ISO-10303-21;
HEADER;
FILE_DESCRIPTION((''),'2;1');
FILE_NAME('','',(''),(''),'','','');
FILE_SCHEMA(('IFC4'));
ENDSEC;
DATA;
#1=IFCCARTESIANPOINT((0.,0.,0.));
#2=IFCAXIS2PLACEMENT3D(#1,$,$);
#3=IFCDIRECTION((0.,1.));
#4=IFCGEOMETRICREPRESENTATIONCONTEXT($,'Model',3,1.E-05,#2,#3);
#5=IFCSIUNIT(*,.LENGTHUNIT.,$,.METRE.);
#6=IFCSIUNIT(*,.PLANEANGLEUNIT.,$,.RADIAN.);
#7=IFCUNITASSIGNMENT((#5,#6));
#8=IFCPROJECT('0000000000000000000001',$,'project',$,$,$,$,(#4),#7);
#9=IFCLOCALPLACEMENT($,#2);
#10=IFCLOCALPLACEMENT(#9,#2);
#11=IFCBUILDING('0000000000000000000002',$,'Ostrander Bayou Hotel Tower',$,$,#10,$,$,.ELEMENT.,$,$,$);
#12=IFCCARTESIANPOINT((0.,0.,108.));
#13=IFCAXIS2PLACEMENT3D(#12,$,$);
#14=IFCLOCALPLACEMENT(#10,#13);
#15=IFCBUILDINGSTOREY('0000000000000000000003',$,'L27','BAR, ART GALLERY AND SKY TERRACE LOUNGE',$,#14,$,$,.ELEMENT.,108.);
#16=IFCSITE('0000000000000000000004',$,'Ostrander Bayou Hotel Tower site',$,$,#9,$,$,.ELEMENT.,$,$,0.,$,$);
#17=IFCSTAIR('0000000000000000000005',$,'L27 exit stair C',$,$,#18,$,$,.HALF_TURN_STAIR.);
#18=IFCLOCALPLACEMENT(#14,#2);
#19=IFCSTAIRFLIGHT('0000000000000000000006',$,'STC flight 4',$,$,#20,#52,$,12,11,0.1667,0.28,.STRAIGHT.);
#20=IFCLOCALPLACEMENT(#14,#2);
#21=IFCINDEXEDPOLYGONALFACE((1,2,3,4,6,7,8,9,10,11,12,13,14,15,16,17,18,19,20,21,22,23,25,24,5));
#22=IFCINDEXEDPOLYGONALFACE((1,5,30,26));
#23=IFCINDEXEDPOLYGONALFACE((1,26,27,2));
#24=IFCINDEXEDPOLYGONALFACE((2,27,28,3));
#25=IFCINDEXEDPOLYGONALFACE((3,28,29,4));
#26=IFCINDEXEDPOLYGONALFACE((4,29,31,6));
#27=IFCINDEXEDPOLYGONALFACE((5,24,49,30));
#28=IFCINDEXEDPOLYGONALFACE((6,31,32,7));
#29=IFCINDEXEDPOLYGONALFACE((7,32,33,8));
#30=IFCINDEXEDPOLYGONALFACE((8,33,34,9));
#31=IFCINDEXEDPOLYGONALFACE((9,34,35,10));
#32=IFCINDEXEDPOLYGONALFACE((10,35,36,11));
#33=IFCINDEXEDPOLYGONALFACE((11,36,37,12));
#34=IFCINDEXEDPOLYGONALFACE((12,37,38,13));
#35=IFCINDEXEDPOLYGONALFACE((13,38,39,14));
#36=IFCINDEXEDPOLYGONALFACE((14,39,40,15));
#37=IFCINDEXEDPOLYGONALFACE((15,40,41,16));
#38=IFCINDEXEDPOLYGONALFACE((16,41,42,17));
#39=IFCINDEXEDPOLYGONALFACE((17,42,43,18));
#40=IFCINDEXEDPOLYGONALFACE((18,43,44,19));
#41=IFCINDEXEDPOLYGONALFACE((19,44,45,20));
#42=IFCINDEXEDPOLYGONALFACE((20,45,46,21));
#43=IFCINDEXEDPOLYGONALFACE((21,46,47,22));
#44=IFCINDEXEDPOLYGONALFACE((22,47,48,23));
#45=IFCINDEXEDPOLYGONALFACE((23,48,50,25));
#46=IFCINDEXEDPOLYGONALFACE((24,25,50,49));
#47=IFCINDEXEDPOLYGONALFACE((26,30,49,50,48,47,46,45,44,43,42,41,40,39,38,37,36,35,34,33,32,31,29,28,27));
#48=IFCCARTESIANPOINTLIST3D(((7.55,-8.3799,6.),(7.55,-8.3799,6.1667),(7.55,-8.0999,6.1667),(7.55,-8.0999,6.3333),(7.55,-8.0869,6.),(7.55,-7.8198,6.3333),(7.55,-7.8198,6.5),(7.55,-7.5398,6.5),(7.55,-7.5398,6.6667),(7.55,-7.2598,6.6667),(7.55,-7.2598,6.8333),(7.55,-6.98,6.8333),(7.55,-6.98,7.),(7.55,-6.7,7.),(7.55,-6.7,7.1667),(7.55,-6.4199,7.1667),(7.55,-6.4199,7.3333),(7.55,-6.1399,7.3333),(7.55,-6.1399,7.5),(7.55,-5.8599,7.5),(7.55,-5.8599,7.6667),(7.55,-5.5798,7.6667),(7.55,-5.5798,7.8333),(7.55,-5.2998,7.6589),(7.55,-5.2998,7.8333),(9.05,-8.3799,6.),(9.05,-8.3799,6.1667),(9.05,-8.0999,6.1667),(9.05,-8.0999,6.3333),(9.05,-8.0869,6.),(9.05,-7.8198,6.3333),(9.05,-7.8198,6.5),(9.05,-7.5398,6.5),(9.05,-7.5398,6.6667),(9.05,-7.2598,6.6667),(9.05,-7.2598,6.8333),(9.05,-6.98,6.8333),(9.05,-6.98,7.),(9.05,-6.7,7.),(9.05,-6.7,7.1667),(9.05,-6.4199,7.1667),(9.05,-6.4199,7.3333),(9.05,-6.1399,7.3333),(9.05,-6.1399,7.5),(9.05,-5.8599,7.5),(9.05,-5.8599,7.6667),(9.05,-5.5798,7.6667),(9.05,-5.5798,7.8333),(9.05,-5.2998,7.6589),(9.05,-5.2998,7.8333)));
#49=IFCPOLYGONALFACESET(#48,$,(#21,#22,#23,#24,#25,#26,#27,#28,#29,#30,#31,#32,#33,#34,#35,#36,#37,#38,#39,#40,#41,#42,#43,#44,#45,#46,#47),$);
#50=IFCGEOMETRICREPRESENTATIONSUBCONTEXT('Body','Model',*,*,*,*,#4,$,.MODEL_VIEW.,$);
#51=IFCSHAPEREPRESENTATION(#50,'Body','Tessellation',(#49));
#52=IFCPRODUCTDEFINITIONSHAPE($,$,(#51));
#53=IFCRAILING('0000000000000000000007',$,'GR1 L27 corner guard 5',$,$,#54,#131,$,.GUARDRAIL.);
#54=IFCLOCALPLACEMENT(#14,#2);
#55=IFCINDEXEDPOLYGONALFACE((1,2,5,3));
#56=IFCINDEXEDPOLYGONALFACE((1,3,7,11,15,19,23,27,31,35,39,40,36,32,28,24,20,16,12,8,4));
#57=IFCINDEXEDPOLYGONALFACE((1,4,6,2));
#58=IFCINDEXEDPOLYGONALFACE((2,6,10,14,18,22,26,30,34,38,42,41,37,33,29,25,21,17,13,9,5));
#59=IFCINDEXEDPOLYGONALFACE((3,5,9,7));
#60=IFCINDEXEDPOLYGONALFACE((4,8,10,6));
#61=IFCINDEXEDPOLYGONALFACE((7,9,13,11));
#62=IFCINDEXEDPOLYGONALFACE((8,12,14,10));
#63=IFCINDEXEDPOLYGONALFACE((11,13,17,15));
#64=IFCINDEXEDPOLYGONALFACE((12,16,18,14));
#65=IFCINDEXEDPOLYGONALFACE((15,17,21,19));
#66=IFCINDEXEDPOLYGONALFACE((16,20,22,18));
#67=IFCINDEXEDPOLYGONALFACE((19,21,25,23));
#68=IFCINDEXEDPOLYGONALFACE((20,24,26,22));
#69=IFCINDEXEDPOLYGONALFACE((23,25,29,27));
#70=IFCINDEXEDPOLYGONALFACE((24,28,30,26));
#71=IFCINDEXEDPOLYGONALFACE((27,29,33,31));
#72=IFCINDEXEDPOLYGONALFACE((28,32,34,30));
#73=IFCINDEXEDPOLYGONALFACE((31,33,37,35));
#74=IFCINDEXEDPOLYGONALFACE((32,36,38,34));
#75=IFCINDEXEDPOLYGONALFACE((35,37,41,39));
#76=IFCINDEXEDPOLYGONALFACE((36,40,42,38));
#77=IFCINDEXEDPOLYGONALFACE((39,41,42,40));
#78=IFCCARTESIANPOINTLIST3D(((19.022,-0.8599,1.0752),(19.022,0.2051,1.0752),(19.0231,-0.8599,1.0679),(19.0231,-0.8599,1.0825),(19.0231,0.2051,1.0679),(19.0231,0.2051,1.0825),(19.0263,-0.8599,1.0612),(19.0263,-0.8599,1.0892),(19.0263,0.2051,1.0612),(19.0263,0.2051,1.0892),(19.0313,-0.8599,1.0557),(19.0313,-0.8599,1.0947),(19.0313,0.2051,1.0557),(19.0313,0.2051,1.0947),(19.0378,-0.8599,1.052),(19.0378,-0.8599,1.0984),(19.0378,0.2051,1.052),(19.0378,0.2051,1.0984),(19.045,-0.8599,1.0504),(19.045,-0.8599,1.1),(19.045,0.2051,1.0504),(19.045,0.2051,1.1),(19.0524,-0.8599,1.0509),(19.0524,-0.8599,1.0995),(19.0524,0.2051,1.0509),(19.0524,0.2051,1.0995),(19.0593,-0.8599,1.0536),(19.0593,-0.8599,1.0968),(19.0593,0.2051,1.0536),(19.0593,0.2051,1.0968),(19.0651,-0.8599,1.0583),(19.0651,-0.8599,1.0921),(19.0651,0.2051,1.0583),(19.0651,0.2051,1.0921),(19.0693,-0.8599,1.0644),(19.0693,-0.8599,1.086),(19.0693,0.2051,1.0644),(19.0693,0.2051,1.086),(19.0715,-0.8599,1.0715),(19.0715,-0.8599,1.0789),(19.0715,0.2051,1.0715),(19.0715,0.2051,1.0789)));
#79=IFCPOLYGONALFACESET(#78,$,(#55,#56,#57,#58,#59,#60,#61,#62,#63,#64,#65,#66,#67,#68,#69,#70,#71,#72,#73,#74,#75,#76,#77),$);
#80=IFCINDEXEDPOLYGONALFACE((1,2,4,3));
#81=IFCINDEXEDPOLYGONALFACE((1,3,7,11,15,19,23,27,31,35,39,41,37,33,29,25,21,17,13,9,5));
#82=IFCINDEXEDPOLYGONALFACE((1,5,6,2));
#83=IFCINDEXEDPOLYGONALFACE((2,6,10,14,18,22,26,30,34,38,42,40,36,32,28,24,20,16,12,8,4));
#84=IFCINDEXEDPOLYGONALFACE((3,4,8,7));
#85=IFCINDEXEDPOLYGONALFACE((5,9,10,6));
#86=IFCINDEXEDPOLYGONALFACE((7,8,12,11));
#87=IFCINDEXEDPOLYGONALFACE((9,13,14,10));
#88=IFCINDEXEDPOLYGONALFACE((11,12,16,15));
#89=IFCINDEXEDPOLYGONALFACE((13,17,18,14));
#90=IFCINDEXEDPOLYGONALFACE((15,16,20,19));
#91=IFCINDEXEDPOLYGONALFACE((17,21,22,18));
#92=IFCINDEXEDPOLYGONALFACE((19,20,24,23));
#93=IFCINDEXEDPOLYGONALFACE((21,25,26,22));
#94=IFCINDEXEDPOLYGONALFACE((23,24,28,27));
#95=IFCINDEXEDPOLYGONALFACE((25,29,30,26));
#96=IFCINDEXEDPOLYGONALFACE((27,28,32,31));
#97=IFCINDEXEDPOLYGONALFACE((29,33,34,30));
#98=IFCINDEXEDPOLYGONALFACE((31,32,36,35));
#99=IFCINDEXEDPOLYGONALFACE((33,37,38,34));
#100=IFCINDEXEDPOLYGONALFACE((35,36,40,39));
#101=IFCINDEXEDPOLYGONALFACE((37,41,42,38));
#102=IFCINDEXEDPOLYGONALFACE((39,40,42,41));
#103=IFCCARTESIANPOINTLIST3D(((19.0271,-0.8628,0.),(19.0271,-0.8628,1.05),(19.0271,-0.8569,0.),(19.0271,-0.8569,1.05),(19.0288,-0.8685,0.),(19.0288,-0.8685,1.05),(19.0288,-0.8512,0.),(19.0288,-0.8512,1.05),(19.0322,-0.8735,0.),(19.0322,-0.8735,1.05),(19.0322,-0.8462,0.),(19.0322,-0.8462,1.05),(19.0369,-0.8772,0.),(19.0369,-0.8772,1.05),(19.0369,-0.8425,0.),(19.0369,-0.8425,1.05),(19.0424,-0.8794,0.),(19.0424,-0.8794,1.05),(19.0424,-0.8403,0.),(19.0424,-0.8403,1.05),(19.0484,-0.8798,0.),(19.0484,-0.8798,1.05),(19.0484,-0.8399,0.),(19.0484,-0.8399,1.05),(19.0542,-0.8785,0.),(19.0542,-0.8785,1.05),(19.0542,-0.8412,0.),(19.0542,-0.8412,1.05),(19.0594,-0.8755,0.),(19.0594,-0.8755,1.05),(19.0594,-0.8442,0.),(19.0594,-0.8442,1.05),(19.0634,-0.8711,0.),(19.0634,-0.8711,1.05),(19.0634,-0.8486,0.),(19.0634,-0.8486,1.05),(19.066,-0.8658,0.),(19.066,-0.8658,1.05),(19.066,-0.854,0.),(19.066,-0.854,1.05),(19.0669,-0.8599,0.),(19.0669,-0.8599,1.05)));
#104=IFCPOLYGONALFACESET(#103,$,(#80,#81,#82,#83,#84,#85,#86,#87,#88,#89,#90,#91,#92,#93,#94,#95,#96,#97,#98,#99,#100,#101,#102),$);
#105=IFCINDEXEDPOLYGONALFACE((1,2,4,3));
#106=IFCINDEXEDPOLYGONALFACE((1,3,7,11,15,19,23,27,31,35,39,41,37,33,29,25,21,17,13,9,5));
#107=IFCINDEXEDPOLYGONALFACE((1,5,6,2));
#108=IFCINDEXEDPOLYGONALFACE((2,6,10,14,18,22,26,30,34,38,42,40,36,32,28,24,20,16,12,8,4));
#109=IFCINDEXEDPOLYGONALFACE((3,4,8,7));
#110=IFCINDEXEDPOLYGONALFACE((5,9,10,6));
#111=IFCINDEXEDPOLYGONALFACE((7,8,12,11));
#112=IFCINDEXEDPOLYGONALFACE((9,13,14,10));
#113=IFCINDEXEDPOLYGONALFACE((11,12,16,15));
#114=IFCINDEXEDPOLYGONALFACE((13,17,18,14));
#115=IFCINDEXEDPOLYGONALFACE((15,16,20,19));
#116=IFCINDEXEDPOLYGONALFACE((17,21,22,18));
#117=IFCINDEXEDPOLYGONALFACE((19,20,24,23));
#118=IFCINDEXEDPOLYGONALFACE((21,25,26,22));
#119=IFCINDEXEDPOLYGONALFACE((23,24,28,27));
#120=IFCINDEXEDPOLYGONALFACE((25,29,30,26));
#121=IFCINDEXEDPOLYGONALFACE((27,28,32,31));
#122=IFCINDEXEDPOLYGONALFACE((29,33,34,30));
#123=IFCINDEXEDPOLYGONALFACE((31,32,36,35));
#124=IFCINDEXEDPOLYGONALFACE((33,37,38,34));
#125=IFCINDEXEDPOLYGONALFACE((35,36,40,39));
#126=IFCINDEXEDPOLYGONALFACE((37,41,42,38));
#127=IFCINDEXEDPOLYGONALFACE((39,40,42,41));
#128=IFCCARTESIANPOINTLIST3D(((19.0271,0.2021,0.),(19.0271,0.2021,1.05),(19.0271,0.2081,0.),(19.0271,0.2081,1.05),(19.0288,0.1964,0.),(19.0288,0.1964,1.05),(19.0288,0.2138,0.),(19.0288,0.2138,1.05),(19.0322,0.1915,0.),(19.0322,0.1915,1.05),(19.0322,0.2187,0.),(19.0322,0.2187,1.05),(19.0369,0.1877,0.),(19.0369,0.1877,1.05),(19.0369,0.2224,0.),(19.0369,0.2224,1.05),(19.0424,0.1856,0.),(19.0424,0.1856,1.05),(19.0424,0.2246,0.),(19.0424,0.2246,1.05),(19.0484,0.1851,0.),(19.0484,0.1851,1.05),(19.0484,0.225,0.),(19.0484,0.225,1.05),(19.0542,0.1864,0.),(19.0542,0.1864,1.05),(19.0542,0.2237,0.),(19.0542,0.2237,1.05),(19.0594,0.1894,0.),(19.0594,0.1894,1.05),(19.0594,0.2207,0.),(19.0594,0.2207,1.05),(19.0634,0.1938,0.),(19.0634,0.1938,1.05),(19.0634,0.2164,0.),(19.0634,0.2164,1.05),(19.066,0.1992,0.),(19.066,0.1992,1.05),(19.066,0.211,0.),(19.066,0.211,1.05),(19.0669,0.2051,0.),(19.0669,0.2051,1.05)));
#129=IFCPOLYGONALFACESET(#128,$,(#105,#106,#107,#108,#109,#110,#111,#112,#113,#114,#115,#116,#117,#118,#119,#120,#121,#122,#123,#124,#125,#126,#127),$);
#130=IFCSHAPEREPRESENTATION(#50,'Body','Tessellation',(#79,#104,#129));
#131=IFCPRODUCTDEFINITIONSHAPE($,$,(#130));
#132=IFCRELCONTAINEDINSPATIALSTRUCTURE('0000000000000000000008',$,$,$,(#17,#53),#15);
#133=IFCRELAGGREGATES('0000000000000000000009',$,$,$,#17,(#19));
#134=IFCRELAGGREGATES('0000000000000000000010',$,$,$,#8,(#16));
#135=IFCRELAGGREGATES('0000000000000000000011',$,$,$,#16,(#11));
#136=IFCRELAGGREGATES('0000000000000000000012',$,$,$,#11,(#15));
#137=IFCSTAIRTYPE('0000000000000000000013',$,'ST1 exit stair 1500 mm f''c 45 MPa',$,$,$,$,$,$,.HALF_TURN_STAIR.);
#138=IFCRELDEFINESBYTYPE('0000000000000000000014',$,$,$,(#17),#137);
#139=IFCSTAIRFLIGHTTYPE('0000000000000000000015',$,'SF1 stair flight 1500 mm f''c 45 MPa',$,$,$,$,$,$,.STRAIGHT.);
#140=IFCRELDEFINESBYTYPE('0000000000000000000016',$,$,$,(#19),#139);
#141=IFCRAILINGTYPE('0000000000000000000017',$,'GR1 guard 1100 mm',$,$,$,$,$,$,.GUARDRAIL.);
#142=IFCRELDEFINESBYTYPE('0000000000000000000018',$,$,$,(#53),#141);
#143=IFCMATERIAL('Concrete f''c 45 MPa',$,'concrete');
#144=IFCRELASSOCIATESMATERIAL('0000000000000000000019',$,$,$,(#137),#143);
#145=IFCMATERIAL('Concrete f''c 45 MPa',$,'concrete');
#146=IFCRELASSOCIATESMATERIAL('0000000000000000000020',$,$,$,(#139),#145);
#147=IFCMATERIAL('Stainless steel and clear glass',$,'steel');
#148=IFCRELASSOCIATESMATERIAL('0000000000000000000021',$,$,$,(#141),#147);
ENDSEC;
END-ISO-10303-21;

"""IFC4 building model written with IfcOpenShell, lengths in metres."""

from ifc_helpers import new_model, si_unit, direction, frame, origin, origin_2d, place, context, subcontext, project, spatial, polyline, circle, outline, extrude, material, type_object, element, aggregate, save


model = new_model("IFC4")

# Units and contexts
model_context = context("Model", 3, precision=1e-05, world=origin(), true_north=direction((0.0, 1.0)))
body_context = subcontext(model_context, "Body", "Model", "MODEL_VIEW")
ifc_project = project(units=[si_unit("LENGTHUNIT", "METRE"), si_unit("PLANEANGLEUNIT", "RADIAN")], contexts=[model_context])

# Site, building, storey
site_placement = place(None, origin())
site = spatial("IfcSite", under=ifc_project, at=site_placement, Name="Ostrander Bayou Hotel Tower site", CompositionType="ELEMENT", RefElevation=0.0)
building_placement = place(site_placement, origin())
building = spatial("IfcBuilding", under=site, at=building_placement, Name="Ostrander Bayou Hotel Tower", CompositionType="ELEMENT")
storey_placement = place(building_placement, frame((0.0, 0.0, 108.0)))
storey = spatial("IfcBuildingStorey", under=building, at=storey_placement, Name="L27", Description="BAR, ART GALLERY AND SKY TERRACE LOUNGE", CompositionType="ELEMENT", Elevation=108.0)

# Stair, stair flight
ifc_material_1 = material(Name="Concrete f'c 45 MPa", Category="concrete")
stair_type = type_object("IfcStairType", Name="ST1 exit stair 1500 mm f'c 45 MPa", PredefinedType="HALF_TURN_STAIR", material=ifc_material_1)
stair_placement = place(storey_placement, origin())
stair = element("IfcStair", 1, at=stair_placement, inside=storey, type_object=stair_type, Name="L27 exit stair C", PredefinedType="HALF_TURN_STAIR")
ifc_material_2 = material(Name="Concrete f'c 45 MPa", Category="concrete")
stair_flight_type = type_object("IfcStairFlightType", Name="SF1 stair flight 1500 mm f'c 45 MPa", PredefinedType="STRAIGHT", material=ifc_material_2)
stair_flight_placement = place(storey_placement, frame((8.3, -8.3799, 6.0), z_axis=(0.0, 0.0, 1.0), x_axis=(0.0, 1.0, 0.0)))
stair_flight = element("IfcStairFlight", 2, at=stair_flight_placement, type_object=stair_flight_type, Name="STC flight 4", NumberOfRisers=12, NumberOfTreads=11, PredefinedType="STRAIGHT", RiserHeight=0.1667, TreadLength=0.28, context=body_context, shape_type="SweptSolid", body=[
    extrude(outline(polyline([(0.0, 0.0), (0.0, 0.1667), (0.28, 0.1667), (0.28, 0.3333), (0.5601, 0.3333), (0.5601, 0.5), (0.8401, 0.5), (0.8401, 0.6667), (1.1201, 0.6667), (1.1201, 0.8333), (1.3999, 0.8333), (1.3999, 1.0), (1.6799, 1.0), (1.6799, 1.1667), (1.96, 1.1667), (1.96, 1.3333), (2.24, 1.3333), (2.24, 1.5), (2.52, 1.5), (2.52, 1.6667), (2.8, 1.6667), (2.8, 1.8333), (3.0801, 1.8333), (3.0801, 2.0), (3.0801, 1.6589), (0.293, 0.0), (0.0, 0.0)])), frame((0.0, 0.75, 0.0), z_axis=(0.0, -1.0, 0.0), x_axis=(1.0, 0.0, 0.0)), (0.0, 0.0, 1.0), 1.5),
])
aggregate(stair, [stair_flight])

# Railing
ifc_material_3 = material(Name="Stainless steel and clear glass", Category="steel")
railing_type_1 = type_object("IfcRailingType", Name="GR1 guard 1100 mm", PredefinedType="GUARDRAIL", material=ifc_material_3)
railing_1_placement = place(storey_placement, frame((19.0469, -0.8599, 0.0)))
element("IfcRailing", 3, at=railing_1_placement, inside=storey, type_object=railing_type_1, Name="GR1 L27 corner guard 5", PredefinedType="GUARDRAIL", context=body_context, shape_type="SweptSolid", body=[
    extrude(circle(Radius=0.0249, at=origin_2d()), frame((0.0, 0.0, 1.0752), z_axis=(0.0, 1.0, 0.0), x_axis=(-1.0, 0.0, 0.0)), (0.0, 0.0, 1.0), 1.0649),
    extrude(circle(Radius=0.02, at=origin_2d()), origin(), (0.0, 0.0, 1.0), 1.05),
    extrude(circle(Radius=0.02, at=origin_2d()), frame((0.0, 1.0649, 0.0)), (0.0, 0.0, 1.0), 1.05),
])

save(model, "model.ifc")
